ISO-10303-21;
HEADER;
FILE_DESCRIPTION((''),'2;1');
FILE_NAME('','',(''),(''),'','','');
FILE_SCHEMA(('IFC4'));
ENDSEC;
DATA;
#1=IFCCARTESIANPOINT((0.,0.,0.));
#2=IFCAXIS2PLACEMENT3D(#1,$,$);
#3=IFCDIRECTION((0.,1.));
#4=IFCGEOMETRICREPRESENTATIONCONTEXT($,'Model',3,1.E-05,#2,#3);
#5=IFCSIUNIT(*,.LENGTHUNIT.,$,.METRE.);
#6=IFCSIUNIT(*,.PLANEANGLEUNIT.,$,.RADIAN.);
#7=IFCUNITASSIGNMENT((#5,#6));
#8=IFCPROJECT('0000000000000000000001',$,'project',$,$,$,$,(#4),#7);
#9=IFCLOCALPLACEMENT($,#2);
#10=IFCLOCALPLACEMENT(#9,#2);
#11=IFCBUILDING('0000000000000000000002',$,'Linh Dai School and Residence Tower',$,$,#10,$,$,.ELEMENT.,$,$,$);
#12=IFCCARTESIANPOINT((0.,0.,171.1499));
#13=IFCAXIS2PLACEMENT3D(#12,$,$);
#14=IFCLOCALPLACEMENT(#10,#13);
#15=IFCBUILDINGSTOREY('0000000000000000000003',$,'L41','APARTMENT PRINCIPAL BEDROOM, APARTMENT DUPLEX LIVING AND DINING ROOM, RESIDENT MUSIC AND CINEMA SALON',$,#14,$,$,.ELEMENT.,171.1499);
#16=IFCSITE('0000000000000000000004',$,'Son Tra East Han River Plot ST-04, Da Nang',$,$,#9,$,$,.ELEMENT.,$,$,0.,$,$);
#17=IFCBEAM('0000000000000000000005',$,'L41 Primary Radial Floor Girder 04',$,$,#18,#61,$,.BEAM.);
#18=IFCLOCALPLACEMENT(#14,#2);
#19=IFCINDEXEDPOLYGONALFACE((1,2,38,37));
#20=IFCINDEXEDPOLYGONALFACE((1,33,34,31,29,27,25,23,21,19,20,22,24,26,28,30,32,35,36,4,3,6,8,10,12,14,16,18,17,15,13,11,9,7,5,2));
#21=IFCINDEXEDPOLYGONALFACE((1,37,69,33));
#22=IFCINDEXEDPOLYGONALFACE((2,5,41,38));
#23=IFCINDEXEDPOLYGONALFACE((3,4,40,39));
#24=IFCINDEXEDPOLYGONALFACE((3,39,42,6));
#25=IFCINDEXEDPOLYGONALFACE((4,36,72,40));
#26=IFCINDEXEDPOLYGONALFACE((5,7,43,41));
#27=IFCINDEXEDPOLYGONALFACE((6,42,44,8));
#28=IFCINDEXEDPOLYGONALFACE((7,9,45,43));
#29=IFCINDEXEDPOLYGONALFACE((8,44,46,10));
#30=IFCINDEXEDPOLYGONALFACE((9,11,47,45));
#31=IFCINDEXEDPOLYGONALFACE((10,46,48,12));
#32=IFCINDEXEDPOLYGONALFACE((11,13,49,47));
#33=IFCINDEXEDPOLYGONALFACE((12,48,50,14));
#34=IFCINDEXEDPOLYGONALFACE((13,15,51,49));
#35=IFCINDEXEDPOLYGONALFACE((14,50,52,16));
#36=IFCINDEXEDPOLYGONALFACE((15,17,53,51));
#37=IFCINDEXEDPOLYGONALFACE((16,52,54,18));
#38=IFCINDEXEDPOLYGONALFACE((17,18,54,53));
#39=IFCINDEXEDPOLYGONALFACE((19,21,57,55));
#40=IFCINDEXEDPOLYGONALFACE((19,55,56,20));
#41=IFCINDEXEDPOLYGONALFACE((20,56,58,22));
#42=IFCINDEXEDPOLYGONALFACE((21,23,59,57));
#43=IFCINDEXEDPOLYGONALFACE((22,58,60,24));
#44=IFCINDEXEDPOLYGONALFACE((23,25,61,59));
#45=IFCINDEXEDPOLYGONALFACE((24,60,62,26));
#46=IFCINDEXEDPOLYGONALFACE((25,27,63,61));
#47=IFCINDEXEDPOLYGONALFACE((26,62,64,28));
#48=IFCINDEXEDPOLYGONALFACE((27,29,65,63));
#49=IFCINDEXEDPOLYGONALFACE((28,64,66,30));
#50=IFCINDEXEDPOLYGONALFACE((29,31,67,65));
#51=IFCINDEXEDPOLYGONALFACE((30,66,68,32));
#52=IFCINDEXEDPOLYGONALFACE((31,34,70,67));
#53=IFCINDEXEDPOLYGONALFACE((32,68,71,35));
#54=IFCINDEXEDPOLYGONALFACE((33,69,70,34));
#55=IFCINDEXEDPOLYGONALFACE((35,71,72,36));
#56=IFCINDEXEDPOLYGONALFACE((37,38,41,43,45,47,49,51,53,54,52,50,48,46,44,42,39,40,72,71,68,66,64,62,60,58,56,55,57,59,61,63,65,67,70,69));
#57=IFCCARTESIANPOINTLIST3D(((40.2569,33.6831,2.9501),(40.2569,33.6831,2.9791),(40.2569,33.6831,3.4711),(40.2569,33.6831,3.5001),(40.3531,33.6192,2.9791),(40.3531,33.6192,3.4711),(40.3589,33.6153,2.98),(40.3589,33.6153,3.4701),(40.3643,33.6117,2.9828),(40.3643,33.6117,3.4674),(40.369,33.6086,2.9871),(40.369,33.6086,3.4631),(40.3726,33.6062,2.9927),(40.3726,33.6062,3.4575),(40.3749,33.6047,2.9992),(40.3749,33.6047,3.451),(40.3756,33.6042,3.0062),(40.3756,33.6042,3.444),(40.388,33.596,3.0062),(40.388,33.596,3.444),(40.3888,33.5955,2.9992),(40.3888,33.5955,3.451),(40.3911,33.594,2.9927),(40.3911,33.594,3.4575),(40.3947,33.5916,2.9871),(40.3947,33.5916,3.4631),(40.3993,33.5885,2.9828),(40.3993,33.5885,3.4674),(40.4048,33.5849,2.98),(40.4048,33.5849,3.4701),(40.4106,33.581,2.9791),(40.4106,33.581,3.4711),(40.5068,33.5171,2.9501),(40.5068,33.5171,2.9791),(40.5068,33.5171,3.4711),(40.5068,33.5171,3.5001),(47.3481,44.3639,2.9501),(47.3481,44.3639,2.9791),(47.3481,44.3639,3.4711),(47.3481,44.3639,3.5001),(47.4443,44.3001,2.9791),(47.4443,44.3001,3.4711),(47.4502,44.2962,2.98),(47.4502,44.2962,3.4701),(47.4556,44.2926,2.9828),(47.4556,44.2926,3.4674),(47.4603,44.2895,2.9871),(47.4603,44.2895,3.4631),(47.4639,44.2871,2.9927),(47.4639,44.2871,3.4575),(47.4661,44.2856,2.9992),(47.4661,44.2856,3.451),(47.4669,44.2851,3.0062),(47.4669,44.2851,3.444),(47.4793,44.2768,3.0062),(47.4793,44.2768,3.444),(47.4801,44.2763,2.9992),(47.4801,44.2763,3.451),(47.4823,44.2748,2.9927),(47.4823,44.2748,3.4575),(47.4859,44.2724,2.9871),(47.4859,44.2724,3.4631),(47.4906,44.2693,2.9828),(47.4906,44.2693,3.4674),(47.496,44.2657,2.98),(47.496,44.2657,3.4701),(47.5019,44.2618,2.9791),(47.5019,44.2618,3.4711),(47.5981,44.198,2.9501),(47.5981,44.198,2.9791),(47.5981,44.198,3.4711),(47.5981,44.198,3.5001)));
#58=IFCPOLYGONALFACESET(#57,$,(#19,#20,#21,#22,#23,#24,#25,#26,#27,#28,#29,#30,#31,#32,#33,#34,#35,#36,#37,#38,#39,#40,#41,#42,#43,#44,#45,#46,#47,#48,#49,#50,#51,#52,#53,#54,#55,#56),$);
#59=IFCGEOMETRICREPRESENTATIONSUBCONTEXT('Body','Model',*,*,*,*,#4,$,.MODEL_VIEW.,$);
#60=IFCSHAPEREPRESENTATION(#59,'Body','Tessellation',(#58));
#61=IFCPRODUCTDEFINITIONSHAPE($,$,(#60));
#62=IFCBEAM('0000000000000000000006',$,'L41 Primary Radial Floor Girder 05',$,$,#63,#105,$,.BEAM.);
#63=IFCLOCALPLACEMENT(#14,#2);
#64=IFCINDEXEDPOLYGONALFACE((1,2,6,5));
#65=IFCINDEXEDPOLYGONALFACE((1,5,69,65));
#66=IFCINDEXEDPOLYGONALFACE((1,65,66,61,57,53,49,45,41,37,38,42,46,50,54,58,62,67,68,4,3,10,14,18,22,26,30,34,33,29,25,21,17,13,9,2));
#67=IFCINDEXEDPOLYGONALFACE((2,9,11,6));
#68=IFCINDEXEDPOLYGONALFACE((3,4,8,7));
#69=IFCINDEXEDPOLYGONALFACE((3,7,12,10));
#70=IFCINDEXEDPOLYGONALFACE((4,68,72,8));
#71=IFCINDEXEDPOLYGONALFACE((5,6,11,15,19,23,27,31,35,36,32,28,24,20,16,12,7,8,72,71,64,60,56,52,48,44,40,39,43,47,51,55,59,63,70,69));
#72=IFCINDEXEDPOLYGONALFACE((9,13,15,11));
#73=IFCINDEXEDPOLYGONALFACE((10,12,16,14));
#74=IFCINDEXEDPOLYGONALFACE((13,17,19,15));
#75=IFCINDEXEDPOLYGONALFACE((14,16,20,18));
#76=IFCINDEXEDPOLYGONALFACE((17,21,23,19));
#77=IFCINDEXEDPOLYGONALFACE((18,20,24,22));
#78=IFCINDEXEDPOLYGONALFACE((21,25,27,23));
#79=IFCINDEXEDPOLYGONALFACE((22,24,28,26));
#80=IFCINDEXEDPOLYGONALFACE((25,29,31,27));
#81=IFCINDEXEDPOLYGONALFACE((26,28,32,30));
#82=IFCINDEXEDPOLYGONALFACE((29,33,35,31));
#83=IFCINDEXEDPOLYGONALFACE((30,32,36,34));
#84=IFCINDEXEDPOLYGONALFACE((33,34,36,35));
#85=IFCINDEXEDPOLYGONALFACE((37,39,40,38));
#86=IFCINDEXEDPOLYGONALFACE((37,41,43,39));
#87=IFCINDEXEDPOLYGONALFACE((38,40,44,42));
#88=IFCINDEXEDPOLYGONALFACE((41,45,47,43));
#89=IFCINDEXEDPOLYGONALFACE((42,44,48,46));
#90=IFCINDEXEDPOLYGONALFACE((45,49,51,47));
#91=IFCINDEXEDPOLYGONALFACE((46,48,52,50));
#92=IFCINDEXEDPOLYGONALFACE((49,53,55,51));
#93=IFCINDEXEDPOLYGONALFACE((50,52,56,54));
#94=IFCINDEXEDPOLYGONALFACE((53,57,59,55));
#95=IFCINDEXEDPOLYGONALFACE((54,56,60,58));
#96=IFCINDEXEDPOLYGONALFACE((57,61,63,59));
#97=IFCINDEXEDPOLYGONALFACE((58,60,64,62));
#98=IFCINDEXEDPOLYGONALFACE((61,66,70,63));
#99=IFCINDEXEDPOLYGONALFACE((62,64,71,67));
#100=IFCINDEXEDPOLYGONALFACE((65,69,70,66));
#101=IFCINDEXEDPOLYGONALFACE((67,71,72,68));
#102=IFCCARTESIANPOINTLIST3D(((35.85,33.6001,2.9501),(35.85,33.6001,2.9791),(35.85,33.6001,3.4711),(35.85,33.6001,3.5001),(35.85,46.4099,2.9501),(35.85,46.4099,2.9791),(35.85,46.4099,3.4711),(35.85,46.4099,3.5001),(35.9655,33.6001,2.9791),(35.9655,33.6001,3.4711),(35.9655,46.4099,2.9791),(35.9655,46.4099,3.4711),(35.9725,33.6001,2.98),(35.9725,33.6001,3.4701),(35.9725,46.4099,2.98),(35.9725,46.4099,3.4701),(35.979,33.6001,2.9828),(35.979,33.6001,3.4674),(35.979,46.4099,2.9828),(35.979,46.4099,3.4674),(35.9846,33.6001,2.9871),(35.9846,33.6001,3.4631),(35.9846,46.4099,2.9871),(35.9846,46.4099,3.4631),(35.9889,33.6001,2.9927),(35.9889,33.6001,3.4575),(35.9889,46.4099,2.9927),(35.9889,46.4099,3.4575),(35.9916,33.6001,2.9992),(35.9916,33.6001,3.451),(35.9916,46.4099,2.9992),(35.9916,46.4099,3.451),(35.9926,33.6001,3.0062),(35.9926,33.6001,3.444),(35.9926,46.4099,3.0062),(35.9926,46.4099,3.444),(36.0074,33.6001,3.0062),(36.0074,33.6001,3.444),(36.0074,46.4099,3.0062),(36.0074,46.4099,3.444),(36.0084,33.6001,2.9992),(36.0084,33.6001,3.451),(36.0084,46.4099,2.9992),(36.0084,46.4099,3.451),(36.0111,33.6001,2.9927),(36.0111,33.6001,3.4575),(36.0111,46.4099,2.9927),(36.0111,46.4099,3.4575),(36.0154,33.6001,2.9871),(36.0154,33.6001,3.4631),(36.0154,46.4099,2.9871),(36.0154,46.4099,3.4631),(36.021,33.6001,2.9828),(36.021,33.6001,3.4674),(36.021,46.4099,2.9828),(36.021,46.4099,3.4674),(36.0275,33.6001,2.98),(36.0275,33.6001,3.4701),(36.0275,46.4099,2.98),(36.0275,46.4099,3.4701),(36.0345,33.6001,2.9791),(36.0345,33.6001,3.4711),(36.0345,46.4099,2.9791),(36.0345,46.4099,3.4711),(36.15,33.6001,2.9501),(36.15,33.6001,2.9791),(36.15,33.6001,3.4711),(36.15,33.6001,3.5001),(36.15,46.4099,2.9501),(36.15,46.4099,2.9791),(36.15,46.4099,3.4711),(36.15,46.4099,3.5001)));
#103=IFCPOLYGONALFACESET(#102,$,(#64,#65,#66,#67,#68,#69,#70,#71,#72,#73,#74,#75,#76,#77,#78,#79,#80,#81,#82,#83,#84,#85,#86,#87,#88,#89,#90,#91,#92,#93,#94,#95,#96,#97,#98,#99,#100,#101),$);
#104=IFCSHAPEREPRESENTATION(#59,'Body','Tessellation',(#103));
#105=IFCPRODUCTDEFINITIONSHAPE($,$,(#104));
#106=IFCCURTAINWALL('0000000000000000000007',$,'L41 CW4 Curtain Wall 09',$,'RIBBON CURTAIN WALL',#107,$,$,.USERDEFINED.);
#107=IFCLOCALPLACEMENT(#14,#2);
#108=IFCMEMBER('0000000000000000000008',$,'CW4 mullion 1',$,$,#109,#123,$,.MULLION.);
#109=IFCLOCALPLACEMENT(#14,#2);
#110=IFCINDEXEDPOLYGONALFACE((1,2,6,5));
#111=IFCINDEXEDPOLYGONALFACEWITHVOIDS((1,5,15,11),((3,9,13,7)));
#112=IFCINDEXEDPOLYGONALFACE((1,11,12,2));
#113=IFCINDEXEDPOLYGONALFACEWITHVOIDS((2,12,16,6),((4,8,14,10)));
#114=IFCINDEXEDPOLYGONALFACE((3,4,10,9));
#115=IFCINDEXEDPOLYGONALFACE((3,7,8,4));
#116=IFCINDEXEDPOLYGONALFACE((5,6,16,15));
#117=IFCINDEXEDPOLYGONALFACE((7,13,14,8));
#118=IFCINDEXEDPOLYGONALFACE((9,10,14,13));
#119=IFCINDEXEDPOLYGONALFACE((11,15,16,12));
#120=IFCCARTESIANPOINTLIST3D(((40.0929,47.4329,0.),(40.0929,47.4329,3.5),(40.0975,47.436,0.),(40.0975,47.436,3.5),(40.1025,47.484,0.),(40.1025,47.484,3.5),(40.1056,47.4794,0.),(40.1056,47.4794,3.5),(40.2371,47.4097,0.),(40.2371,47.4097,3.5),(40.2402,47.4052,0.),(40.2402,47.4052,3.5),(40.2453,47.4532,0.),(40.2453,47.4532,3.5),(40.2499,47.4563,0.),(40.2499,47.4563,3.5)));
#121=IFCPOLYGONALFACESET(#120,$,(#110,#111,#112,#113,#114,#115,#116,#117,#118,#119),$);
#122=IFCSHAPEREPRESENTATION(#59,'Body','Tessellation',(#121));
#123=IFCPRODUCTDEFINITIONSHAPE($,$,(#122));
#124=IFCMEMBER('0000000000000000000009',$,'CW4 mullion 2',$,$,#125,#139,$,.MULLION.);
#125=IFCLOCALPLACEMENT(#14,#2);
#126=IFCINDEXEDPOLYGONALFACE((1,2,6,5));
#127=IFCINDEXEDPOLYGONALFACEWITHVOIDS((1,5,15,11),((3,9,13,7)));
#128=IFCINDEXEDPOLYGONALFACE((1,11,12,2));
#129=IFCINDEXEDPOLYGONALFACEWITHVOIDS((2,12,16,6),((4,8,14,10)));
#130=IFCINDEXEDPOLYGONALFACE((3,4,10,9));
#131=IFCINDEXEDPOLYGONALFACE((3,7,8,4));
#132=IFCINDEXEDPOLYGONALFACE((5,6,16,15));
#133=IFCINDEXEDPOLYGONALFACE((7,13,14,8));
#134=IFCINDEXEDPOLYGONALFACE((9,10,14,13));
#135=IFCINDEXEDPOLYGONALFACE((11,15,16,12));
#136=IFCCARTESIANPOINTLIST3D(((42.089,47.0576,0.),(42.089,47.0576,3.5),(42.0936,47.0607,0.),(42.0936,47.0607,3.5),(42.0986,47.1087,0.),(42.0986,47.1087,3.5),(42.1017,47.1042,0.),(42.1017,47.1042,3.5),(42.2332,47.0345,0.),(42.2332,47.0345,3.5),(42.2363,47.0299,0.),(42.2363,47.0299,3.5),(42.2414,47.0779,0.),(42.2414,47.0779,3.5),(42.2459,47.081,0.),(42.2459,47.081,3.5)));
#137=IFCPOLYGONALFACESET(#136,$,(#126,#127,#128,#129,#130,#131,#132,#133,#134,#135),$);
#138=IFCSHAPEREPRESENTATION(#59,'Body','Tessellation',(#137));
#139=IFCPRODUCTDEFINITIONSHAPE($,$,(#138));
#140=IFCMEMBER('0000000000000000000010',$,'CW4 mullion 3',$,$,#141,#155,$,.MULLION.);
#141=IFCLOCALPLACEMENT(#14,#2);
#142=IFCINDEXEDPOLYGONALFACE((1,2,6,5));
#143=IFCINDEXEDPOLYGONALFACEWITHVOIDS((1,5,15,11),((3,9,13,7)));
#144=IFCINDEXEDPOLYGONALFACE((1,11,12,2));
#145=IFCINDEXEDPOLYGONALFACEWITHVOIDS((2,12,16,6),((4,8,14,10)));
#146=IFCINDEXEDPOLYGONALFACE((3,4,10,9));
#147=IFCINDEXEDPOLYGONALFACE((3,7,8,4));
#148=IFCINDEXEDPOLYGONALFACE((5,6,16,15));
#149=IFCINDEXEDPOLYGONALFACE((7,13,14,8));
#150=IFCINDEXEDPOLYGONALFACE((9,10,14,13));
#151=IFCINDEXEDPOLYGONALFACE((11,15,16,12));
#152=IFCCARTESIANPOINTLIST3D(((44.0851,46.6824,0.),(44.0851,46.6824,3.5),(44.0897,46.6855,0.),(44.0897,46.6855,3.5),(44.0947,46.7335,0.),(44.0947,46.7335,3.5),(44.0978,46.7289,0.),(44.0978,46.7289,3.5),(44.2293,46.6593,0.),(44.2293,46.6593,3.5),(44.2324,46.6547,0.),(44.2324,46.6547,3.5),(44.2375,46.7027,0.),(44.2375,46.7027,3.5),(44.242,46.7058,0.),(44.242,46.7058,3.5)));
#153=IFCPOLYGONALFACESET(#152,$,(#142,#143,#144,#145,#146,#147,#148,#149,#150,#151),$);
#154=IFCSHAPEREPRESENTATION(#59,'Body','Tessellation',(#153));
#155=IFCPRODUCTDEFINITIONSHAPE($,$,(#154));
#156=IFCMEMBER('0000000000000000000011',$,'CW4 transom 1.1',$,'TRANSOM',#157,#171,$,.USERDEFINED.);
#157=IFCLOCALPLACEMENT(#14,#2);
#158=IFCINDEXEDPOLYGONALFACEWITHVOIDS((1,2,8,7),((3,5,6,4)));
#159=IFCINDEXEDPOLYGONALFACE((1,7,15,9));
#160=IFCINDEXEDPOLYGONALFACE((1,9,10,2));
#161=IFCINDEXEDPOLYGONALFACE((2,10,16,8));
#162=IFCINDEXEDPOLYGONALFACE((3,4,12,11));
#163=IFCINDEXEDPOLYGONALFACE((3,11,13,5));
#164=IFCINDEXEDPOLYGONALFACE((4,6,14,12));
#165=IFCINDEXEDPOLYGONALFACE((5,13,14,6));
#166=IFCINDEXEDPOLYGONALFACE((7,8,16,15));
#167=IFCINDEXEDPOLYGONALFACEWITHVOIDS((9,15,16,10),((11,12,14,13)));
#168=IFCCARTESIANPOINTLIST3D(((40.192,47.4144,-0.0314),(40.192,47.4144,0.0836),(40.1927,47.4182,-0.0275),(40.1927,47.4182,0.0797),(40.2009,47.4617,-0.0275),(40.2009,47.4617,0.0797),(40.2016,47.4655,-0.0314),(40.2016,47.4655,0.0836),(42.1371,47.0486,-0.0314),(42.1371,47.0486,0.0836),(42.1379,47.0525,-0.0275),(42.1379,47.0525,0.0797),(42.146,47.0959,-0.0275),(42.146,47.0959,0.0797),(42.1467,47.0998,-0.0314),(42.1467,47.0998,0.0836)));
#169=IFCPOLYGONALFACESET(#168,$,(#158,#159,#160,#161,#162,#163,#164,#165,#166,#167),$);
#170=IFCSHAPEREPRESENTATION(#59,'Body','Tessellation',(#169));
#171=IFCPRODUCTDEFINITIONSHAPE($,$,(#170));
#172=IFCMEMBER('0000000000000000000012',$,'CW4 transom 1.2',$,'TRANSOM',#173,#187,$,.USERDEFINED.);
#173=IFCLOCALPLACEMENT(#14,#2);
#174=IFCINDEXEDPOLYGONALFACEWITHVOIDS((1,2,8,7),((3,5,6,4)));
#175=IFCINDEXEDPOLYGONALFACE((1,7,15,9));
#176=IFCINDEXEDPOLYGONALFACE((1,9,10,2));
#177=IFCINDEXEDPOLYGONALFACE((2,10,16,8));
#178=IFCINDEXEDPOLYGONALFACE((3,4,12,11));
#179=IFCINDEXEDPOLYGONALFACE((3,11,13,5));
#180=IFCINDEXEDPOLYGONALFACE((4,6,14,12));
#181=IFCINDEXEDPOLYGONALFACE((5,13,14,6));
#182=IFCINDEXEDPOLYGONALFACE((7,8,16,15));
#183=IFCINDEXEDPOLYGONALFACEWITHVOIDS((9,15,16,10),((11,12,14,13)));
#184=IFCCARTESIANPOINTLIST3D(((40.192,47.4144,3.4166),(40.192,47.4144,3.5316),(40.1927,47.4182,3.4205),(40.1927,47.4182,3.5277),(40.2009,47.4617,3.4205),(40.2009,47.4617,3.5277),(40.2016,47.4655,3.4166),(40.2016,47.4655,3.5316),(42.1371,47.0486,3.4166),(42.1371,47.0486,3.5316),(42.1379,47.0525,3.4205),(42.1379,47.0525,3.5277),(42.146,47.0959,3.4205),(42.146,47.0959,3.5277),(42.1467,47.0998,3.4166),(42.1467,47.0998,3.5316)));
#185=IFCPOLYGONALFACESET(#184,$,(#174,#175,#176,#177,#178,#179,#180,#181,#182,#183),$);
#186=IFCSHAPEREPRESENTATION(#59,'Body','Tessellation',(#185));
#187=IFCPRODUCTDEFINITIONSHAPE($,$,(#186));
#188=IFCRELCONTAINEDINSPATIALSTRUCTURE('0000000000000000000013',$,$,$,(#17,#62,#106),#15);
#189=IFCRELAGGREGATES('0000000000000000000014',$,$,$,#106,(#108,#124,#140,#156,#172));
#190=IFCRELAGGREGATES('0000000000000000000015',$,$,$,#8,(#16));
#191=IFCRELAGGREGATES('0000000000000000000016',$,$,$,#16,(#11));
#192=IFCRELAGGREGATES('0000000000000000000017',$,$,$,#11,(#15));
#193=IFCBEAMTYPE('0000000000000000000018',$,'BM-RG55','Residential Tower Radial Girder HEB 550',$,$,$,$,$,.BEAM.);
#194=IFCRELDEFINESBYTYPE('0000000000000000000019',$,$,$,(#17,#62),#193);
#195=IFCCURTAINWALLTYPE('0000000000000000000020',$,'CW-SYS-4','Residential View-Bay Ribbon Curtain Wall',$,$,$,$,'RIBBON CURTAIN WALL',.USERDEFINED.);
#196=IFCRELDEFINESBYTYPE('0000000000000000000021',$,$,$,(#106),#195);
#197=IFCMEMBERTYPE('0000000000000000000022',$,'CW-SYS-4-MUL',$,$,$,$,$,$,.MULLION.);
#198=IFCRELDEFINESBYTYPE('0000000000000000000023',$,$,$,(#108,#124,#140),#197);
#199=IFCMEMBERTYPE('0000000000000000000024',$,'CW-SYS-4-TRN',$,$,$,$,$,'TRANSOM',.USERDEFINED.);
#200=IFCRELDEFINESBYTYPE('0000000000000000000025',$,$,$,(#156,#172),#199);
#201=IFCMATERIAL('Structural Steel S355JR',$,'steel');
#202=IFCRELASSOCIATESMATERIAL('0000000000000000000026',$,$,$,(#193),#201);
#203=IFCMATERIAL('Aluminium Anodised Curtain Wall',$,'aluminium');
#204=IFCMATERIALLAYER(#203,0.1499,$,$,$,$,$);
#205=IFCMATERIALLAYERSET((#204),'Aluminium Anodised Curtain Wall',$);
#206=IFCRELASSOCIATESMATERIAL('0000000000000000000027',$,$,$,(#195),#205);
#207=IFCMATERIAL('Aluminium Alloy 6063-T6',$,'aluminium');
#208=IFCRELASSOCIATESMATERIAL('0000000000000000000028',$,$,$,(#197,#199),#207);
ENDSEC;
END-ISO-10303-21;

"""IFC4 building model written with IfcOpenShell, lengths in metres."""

from ifc_helpers import new_model, si_unit, direction, frame, origin, origin_2d, place, context, subcontext, project, spatial, hollow_rectangle, i_section, extrude, source, transform, mapped, material, layer, layer_set, material_profile, profile_set, type_object, element, aggregate, save


model = new_model("IFC4")

# Units and contexts
model_context = context("Model", 3, precision=1e-05, world=origin(), true_north=direction((0.0, 1.0)))
body_context = subcontext(model_context, "Body", "Model", "MODEL_VIEW")
ifc_project = project(units=[si_unit("LENGTHUNIT", "METRE"), si_unit("PLANEANGLEUNIT", "RADIAN")], contexts=[model_context])

# Site, building, storey
site_placement = place(None, origin())
site = spatial("IfcSite", under=ifc_project, at=site_placement, Name="Son Tra East Han River Plot ST-04, Da Nang", CompositionType="ELEMENT", RefElevation=0.0)
building_placement = place(site_placement, origin())
building = spatial("IfcBuilding", under=site, at=building_placement, Name="Linh Dai School and Residence Tower", CompositionType="ELEMENT")
storey_placement = place(building_placement, frame((0.0, 0.0, 171.1499)))
storey = spatial("IfcBuildingStorey", under=building, at=storey_placement, Name="L41", Description="APARTMENT PRINCIPAL BEDROOM, APARTMENT DUPLEX LIVING AND DINING ROOM, RESIDENT MUSIC AND CINEMA SALON", CompositionType="ELEMENT", Elevation=171.1499)

# Shared definitions
ifc_material_1 = material(Name="Structural Steel S355JR", Category="steel")

# Beams
ifc_material_profile_1 = material_profile(ifc_material_1, i_section(OverallWidth=0.3, OverallDepth=0.55, WebThickness=0.0149, FlangeThickness=0.0291, FilletRadius=0.0271, at=origin_2d()), Name="HEB 550")
ifc_profile_set_1 = profile_set([ifc_material_profile_1], Name="Structural Steel S355JR")
beam_type = type_object("IfcBeamType", Name="BM-RG55", Description="Residential Tower Radial Girder HEB 550", PredefinedType="BEAM", material=ifc_profile_set_1)
beam_1_placement = place(storey_placement, frame((40.3818, 33.6001, 3.2251), z_axis=(0.553117, 0.833103, 0.0), x_axis=(-0.833103, 0.553117, 0.0)))
element("IfcBeam", 1, at=beam_1_placement, inside=storey, type_object=beam_type, Name="L41 Primary Radial Floor Girder 04", PredefinedType="BEAM", context=body_context, shape_type="SweptSolid", body=[
    extrude(i_section(OverallWidth=0.3, OverallDepth=0.55, WebThickness=0.0149, FlangeThickness=0.0291, FilletRadius=0.0271, at=origin_2d()), origin(), (0.0, 0.0, 1.0), 12.8206),
])
beam_2_placement = place(storey_placement, frame((36.0, 33.6001, 3.2251), z_axis=(0.0, 1.0, 0.0), x_axis=(-1.0, 0.0, 0.0)))
element("IfcBeam", 2, at=beam_2_placement, inside=storey, type_object=beam_type, Name="L41 Primary Radial Floor Girder 05", PredefinedType="BEAM", context=body_context, shape_type="SweptSolid", body=[
    extrude(i_section(OverallWidth=0.3, OverallDepth=0.55, WebThickness=0.0149, FlangeThickness=0.0291, FilletRadius=0.0271, at=origin_2d()), origin(), (0.0, 0.0, 1.0), 12.8098),
])

# Curtain wall, members
ifc_material_2 = material(Name="Aluminium Anodised Curtain Wall", Category="aluminium")
ifc_layer_1 = layer(ifc_material_2, 0.1499)
ifc_layer_set_1 = layer_set([ifc_layer_1], Name="Aluminium Anodised Curtain Wall")
curtain_wall_type = type_object("IfcCurtainWallType", Name="CW-SYS-4", Description="Residential View-Bay Ribbon Curtain Wall", ElementType="RIBBON CURTAIN WALL", PredefinedType="USERDEFINED", material=ifc_layer_set_1)
curtain_wall_placement = place(storey_placement, origin())
curtain_wall = element("IfcCurtainWall", 3, at=curtain_wall_placement, inside=storey, type_object=curtain_wall_type, Name="L41 CW4 Curtain Wall 09", ObjectType="RIBBON CURTAIN WALL", PredefinedType="USERDEFINED")
ifc_material_3 = material(Name="Aluminium Alloy 6063-T6", Category="aluminium")
ifc_material_profile_2 = material_profile(ifc_material_3, hollow_rectangle(XDim=0.052, YDim=0.1499, WallThickness=0.0039, at=origin_2d()), Name="RHS 150x52x4")
ifc_profile_set_2 = profile_set([ifc_material_profile_2], Name="Aluminium Alloy 6063-T6")
member_type_1 = type_object("IfcMemberType", Name="CW-SYS-4-MUL", PredefinedType="MULLION", material=ifc_profile_set_2)
shared_shape_1 = source(origin(), body_context, "Body", "SweptSolid", [
    extrude(hollow_rectangle(XDim=0.052, YDim=0.1499, WallThickness=0.0039, at=origin_2d()), origin(), (0.0, 0.0, 1.0), 3.5),
])
member_1_placement = place(storey_placement, frame((40.1714, 47.4446, 0.0), z_axis=(0.0, 0.0, 1.0), x_axis=(0.184763, 0.982783, 0.0)))
member_1 = element("IfcMember", 4, at=member_1_placement, type_object=member_type_1, Name="CW4 mullion 1", PredefinedType="MULLION", context=body_context, shape_type="MappedRepresentation", body=[
    mapped(shared_shape_1, transform((0.0, 0.0, 0.0), x_axis=(1.0, 0.0, 0.0), y_axis=(0.0, 1.0, 0.0), z_axis=(0.0, 0.0, 1.0), scale=1.0)),
])
member_2_placement = place(storey_placement, frame((42.1675, 47.0693, 0.0), z_axis=(0.0, 0.0, 1.0), x_axis=(0.184763, 0.982783, 0.0)))
member_2 = element("IfcMember", 5, at=member_2_placement, type_object=member_type_1, Name="CW4 mullion 2", PredefinedType="MULLION", context=body_context, shape_type="MappedRepresentation", body=[
    mapped(shared_shape_1, transform((0.0, 0.0, 0.0), x_axis=(1.0, 0.0, 0.0), y_axis=(0.0, 1.0, 0.0), z_axis=(0.0, 0.0, 1.0), scale=1.0)),
])
member_3_placement = place(storey_placement, frame((44.1636, 46.6941, 0.0), z_axis=(0.0, 0.0, 1.0), x_axis=(0.184763, 0.982783, 0.0)))
member_3 = element("IfcMember", 6, at=member_3_placement, type_object=member_type_1, Name="CW4 mullion 3", PredefinedType="MULLION", context=body_context, shape_type="MappedRepresentation", body=[
    mapped(shared_shape_1, transform((0.0, 0.0, 0.0), x_axis=(1.0, 0.0, 0.0), y_axis=(0.0, 1.0, 0.0), z_axis=(0.0, 0.0, 1.0), scale=1.0)),
])
ifc_material_profile_3 = material_profile(ifc_material_3, hollow_rectangle(XDim=0.052, YDim=0.115, WallThickness=0.0039, at=origin_2d()), Name="RHS 115x52x4")
ifc_profile_set_3 = profile_set([ifc_material_profile_3], Name="Aluminium Alloy 6063-T6")
member_type_2 = type_object("IfcMemberType", Name="CW-SYS-4-TRN", ElementType="TRANSOM", PredefinedType="USERDEFINED", material=ifc_profile_set_3)
shared_shape_2 = source(origin(), body_context, "Body", "SweptSolid", [
    extrude(hollow_rectangle(XDim=0.052, YDim=0.115, WallThickness=0.0039, at=origin_2d()), origin(), (0.0, 0.0, 1.0), 1.9792),
])
member_4_placement = place(storey_placement, frame((40.1968, 47.4399, 0.0261), z_axis=(0.982778, -0.184788, 0.0), x_axis=(0.184788, 0.982778, 0.0)))
member_4 = element("IfcMember", 7, at=member_4_placement, type_object=member_type_2, Name="CW4 transom 1.1", ObjectType="TRANSOM", PredefinedType="USERDEFINED", context=body_context, shape_type="MappedRepresentation", body=[
    mapped(shared_shape_2, transform((0.0, 0.0, 0.0), x_axis=(1.0, 0.0, 0.0), y_axis=(0.0, 1.0, 0.0), z_axis=(0.0, 0.0, 1.0), scale=1.0)),
])
member_5_placement = place(storey_placement, frame((40.1968, 47.4399, 3.4741), z_axis=(0.982778, -0.184788, 0.0), x_axis=(0.184788, 0.982778, 0.0)))
member_5 = element("IfcMember", 8, at=member_5_placement, type_object=member_type_2, Name="CW4 transom 1.2", ObjectType="TRANSOM", PredefinedType="USERDEFINED", context=body_context, shape_type="MappedRepresentation", body=[
    mapped(shared_shape_2, transform((0.0, 0.0, 0.0), x_axis=(1.0, 0.0, 0.0), y_axis=(0.0, 1.0, 0.0), z_axis=(0.0, 0.0, 1.0), scale=1.0)),
])

aggregate(curtain_wall, [member_1, member_2, member_3, member_4, member_5])

save(model, "model.ifc")
